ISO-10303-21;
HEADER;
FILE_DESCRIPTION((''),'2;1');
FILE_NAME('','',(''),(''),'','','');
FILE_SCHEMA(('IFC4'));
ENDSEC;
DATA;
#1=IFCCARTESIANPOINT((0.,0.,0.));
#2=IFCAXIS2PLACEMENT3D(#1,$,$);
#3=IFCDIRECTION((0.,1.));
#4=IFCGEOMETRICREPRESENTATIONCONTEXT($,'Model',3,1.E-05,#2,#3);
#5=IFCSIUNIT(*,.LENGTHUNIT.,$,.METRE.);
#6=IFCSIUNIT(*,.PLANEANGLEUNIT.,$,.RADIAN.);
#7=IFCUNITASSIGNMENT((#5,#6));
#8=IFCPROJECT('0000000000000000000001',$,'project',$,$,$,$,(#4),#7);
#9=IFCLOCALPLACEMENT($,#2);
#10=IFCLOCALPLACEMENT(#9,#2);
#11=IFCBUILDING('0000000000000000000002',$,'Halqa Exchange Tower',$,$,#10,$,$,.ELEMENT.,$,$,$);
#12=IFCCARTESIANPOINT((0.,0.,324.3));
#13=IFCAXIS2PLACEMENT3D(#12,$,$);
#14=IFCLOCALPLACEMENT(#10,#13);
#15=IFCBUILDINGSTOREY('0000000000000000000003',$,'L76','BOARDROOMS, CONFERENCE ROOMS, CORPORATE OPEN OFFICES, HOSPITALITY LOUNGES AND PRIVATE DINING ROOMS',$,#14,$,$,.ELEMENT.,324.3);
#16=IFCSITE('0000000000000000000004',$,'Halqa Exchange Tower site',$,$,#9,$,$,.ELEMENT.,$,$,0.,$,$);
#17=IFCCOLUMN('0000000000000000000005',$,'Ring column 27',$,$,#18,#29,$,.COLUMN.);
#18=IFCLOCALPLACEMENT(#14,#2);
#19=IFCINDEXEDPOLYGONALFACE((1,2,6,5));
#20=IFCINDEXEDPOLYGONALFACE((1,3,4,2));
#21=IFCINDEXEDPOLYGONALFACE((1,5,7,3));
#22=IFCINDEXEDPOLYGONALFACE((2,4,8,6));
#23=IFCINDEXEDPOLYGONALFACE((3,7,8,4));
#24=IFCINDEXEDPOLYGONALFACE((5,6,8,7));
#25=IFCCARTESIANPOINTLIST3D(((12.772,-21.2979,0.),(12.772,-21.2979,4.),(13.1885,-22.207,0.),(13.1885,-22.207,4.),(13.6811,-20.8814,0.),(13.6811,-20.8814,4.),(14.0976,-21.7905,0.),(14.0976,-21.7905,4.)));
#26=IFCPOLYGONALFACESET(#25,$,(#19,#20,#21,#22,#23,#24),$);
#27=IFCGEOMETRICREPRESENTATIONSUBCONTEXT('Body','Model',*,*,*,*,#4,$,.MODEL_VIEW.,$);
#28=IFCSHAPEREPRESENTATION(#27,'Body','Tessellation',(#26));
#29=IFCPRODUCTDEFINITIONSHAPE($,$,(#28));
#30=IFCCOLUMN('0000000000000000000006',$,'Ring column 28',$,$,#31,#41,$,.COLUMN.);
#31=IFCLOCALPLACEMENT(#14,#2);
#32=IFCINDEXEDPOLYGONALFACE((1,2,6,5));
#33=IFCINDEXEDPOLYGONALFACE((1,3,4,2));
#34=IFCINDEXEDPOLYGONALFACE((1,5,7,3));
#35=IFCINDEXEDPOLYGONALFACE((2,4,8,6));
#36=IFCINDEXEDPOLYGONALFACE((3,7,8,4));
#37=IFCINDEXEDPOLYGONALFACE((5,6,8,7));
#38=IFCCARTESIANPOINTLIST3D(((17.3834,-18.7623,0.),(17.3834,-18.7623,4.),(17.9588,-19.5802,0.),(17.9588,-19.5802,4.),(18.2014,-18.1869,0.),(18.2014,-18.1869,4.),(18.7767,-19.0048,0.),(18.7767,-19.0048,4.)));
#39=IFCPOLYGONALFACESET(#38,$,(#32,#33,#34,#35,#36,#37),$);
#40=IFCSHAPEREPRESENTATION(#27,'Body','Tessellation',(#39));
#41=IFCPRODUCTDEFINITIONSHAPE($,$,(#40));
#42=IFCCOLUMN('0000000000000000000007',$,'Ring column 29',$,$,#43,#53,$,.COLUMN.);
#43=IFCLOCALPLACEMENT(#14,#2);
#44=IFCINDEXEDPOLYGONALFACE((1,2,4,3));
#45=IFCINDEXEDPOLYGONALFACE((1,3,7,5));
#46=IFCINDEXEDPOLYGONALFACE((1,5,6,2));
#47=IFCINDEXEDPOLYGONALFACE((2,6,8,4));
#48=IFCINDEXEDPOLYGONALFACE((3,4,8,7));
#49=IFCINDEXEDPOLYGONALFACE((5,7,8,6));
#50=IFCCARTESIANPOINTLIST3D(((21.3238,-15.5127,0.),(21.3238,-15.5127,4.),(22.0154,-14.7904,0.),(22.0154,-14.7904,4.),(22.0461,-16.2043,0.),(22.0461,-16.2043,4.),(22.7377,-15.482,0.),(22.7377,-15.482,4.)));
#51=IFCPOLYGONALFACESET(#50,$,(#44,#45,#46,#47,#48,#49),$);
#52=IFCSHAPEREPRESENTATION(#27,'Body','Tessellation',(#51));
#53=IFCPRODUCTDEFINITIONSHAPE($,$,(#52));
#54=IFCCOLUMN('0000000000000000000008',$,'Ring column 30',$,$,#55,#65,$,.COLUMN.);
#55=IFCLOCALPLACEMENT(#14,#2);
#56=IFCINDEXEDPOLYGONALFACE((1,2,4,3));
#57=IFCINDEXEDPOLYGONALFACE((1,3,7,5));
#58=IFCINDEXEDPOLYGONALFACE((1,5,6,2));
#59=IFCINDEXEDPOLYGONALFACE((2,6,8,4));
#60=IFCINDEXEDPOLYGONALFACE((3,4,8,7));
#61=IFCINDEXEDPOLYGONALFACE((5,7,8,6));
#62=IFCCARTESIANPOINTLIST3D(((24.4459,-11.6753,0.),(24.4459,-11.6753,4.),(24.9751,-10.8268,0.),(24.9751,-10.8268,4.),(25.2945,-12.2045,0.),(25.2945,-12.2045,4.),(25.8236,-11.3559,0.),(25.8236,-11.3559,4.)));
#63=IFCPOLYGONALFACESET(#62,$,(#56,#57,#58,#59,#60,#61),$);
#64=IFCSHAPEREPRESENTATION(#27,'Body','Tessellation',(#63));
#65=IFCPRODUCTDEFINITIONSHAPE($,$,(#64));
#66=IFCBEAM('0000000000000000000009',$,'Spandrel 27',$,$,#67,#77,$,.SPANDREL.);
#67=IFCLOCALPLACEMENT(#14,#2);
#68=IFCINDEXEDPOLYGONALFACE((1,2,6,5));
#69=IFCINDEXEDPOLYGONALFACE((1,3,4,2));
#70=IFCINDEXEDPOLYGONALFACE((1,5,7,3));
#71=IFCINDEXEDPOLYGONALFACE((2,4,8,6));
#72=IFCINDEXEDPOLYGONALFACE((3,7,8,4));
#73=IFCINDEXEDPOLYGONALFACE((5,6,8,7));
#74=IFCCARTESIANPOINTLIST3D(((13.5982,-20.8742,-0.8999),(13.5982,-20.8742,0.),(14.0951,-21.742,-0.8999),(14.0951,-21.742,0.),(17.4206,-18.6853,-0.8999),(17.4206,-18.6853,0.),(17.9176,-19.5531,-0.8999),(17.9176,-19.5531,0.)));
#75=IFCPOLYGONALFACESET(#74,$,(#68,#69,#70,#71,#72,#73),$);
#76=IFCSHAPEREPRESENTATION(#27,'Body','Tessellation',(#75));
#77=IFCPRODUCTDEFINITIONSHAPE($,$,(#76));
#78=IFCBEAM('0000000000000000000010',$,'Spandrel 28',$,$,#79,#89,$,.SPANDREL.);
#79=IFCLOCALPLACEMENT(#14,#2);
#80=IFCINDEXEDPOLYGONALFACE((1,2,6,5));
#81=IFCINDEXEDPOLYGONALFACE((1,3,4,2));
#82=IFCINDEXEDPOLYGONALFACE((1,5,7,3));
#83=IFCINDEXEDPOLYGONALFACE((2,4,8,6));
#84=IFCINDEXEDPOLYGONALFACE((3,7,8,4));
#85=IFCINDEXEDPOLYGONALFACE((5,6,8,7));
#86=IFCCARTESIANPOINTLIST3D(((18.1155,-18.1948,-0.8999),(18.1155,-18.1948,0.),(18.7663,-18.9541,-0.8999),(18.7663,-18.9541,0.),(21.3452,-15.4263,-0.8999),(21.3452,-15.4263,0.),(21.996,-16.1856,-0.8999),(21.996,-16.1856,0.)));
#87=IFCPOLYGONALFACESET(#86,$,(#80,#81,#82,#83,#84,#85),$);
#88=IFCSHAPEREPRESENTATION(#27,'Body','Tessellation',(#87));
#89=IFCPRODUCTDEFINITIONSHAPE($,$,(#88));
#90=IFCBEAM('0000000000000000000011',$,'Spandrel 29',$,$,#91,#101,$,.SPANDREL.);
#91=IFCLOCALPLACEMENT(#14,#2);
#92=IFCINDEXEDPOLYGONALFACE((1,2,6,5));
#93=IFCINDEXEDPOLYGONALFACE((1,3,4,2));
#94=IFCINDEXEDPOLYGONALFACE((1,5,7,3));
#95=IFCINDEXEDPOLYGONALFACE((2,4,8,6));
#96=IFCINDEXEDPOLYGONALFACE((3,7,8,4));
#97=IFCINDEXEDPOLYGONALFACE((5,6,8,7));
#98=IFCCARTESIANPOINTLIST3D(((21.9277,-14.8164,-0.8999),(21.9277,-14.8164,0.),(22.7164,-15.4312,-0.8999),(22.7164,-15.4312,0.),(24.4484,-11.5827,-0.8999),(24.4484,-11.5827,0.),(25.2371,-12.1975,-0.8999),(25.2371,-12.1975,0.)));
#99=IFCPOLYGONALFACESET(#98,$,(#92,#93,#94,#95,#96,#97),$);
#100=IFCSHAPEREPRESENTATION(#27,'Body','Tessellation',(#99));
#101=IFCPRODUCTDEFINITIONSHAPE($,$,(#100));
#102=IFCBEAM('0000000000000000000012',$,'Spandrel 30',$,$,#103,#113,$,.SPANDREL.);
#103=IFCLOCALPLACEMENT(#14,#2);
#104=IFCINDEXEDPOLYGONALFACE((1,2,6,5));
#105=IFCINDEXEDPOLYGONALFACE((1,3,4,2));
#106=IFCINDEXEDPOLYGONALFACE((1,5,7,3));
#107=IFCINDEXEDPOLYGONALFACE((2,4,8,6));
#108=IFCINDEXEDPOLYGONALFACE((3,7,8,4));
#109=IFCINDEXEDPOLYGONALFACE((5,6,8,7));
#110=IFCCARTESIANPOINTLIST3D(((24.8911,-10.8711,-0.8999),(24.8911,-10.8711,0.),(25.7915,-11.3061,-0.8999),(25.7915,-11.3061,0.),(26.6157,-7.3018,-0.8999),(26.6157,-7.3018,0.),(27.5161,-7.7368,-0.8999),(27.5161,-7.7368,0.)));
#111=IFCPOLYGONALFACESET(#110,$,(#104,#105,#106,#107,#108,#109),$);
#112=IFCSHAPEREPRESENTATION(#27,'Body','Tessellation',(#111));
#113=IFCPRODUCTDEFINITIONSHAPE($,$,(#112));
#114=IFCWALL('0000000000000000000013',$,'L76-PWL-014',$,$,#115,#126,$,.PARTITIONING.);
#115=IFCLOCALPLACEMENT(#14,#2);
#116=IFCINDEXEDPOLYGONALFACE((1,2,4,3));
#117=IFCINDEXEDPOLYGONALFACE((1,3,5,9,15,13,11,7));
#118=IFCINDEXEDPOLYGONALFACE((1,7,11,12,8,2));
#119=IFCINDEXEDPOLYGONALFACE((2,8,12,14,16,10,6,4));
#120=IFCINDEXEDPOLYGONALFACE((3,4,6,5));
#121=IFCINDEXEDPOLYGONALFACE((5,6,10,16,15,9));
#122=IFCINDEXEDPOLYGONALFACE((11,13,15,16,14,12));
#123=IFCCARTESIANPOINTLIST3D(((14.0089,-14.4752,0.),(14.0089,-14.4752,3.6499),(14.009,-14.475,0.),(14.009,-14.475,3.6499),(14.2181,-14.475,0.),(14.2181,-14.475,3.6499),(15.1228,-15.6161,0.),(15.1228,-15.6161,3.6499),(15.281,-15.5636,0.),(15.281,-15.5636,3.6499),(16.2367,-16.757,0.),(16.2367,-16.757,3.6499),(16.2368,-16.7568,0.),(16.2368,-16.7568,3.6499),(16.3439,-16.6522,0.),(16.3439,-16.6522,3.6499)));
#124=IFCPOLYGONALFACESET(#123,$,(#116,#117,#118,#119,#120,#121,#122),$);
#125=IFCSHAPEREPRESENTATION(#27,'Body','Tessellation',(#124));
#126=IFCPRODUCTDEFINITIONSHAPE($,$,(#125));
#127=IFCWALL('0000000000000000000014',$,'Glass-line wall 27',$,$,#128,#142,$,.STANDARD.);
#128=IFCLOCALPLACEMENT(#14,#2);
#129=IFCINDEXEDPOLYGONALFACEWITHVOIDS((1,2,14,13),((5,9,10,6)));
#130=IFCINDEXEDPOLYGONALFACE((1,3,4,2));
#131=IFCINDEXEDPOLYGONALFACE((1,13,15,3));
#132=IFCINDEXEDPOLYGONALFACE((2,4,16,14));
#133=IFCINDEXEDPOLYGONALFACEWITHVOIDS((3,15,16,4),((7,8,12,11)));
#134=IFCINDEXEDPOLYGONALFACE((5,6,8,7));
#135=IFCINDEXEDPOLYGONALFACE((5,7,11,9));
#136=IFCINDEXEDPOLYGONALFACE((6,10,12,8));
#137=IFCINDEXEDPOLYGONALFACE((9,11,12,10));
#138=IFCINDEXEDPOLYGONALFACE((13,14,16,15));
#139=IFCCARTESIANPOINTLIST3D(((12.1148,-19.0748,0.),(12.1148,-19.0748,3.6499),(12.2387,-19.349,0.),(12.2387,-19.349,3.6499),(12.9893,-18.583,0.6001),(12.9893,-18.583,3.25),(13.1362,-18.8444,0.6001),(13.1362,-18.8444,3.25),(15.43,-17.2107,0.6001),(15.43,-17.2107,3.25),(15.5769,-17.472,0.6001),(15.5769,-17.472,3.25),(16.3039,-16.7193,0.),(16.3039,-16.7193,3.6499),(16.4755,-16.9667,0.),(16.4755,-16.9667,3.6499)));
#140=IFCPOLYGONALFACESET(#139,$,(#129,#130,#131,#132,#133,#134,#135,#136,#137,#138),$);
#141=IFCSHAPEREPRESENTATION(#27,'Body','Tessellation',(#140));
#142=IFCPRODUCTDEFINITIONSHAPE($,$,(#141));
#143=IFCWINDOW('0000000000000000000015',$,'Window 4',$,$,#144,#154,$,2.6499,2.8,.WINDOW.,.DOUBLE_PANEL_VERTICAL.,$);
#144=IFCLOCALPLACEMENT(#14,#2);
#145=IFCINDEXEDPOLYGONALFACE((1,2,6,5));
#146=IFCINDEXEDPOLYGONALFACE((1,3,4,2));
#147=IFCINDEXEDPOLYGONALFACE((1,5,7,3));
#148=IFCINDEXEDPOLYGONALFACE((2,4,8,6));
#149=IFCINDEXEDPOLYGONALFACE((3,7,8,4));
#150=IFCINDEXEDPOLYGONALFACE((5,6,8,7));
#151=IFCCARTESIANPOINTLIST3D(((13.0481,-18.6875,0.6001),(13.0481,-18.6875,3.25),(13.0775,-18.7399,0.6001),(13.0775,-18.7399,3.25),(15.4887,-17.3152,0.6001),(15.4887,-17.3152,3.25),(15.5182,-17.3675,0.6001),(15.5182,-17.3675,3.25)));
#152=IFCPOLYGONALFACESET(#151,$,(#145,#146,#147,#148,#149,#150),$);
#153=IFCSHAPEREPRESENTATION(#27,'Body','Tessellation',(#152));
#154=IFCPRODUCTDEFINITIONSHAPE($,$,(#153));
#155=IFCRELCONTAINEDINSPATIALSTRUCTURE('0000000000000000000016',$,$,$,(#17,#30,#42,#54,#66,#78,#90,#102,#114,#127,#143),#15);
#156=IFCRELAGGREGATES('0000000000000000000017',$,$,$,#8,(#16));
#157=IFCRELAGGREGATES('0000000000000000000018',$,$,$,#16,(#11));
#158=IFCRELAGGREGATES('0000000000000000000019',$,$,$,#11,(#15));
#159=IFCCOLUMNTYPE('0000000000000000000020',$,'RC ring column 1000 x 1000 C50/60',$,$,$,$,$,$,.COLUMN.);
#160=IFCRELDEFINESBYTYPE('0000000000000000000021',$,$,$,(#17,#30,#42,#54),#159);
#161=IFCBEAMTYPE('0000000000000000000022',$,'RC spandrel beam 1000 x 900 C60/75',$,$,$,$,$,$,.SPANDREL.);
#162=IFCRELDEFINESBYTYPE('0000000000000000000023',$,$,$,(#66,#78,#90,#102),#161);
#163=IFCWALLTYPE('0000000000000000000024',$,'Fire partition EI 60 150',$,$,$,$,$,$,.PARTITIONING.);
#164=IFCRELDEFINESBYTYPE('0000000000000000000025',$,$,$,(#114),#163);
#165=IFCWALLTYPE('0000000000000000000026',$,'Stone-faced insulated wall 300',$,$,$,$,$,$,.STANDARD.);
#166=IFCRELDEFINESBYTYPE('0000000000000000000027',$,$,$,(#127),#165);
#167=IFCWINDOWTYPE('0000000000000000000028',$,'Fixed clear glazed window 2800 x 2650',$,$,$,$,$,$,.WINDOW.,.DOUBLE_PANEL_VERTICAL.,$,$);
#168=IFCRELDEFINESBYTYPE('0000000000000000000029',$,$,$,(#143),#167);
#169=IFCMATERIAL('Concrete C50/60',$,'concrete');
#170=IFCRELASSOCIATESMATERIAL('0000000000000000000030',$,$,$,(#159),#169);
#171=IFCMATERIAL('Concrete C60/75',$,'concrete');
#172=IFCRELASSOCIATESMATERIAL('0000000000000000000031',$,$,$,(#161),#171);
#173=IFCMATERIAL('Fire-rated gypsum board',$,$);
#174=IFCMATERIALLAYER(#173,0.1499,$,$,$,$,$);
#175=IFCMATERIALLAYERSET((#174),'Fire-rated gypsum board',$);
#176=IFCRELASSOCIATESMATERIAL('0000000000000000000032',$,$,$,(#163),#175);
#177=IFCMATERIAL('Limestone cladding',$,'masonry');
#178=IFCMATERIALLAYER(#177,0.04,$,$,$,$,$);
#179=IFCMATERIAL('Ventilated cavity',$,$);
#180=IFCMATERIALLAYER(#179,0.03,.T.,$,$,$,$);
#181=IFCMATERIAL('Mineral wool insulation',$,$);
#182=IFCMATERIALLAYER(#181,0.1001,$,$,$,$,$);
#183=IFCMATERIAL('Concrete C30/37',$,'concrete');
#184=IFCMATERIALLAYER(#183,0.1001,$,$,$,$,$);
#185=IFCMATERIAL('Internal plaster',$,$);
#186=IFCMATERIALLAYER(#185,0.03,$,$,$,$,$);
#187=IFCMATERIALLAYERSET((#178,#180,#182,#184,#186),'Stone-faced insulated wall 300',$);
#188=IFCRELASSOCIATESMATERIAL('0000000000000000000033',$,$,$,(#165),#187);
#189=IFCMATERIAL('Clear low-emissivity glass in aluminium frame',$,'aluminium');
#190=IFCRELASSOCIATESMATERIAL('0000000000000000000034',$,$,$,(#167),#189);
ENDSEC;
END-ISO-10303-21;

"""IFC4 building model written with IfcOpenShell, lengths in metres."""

from ifc_helpers import new_model, si_unit, direction, frame, frame_2d, origin, origin_2d, place, context, subcontext, project, spatial, polyline, rectangle, outline, extrude, material, layer, layer_set, material_profile, profile_set, type_object, element, fill, save


model = new_model("IFC4")

# Units and contexts
model_context = context("Model", 3, precision=1e-05, world=origin(), true_north=direction((0.0, 1.0)))
body_context = subcontext(model_context, "Body", "Model", "MODEL_VIEW")
ifc_project = project(units=[si_unit("LENGTHUNIT", "METRE"), si_unit("PLANEANGLEUNIT", "RADIAN")], contexts=[model_context])

# Site, building, storey
site_placement = place(None, origin())
site = spatial("IfcSite", under=ifc_project, at=site_placement, Name="Halqa Exchange Tower site", CompositionType="ELEMENT", RefElevation=0.0)
building_placement = place(site_placement, origin())
building = spatial("IfcBuilding", under=site, at=building_placement, Name="Halqa Exchange Tower", CompositionType="ELEMENT")
storey_placement = place(building_placement, frame((0.0, 0.0, 324.3)))
storey = spatial("IfcBuildingStorey", under=building, at=storey_placement, Name="L76", Description="BOARDROOMS, CONFERENCE ROOMS, CORPORATE OPEN OFFICES, HOSPITALITY LOUNGES AND PRIVATE DINING ROOMS", CompositionType="ELEMENT", Elevation=324.3)

# Columns
ifc_material_1 = material(Name="Concrete C50/60", Category="concrete")
ifc_material_profile_1 = material_profile(ifc_material_1, rectangle(XDim=1.0, YDim=1.0, at=origin_2d()), Name="1000 x 1000")
ifc_profile_set_1 = profile_set([ifc_material_profile_1], Name="Concrete C50/60")
column_type = type_object("IfcColumnType", Name="RC ring column 1000 x 1000 C50/60", PredefinedType="COLUMN", material=ifc_profile_set_1)
for number, where, z_axis, x_axis, name in (
    (1, (13.4348, -21.5442, 0.0), (0.0, 0.0, 1.0), (0.909129, 0.416516, 0.0), "Ring column 27"),
    (2, (18.0801, -18.8835, 0.0), (0.0, 0.0, 1.0), (0.817907, 0.575351, 0.0), "Ring column 28"),
    (3, (22.0308, -15.4973, 0.0), (0.0, 0.0, 1.0), (0.691579, 0.722301, 0.0), "Ring column 29"),
    (4, (25.1348, -11.5156, 0.0), (0.0, 0.0, 1.0), (0.52914, 0.848534, 0.0), "Ring column 30"),
):
    element("IfcColumn", number, at=place(storey_placement, frame(where, z_axis=z_axis, x_axis=x_axis)), inside=storey, type_object=column_type, Name=name, PredefinedType="COLUMN", context=body_context, shape_type="SweptSolid", body=[
        extrude(rectangle(XDim=1.0, YDim=1.0, at=origin_2d()), origin(), (0.0, 0.0, 1.0), 4.0),
    ])

# Beams
ifc_material_2 = material(Name="Concrete C60/75", Category="concrete")
ifc_material_profile_2 = material_profile(ifc_material_2, rectangle(XDim=1.0, YDim=0.8999, at=origin_2d()), Name="1000 x 900")
ifc_profile_set_2 = profile_set([ifc_material_profile_2], Name="Concrete C60/75")
beam_type = type_object("IfcBeamType", Name="RC spandrel beam 1000 x 900 C60/75", PredefinedType="SPANDREL", material=ifc_profile_set_2)
beam_1_placement = place(storey_placement, frame((13.8467, -21.3081, -0.45), z_axis=(0.867786, 0.496939, 0.0), x_axis=(-0.496939, 0.867786, 0.0)))
element("IfcBeam", 5, at=beam_1_placement, inside=storey, type_object=beam_type, Name="Spandrel 27", PredefinedType="SPANDREL", context=body_context, shape_type="SweptSolid", body=[
    extrude(rectangle(XDim=1.0, YDim=0.8999, at=origin_2d()), origin(), (0.0, 0.0, 1.0), 4.4048),
])
beam_2_placement = place(storey_placement, frame((18.4409, -18.5745, -0.45), z_axis=(0.759232, 0.65082, 0.0), x_axis=(-0.65082, 0.759232, 0.0)))
element("IfcBeam", 6, at=beam_2_placement, inside=storey, type_object=beam_type, Name="Spandrel 28", PredefinedType="SPANDREL", context=body_context, shape_type="SweptSolid", body=[
    extrude(rectangle(XDim=1.0, YDim=0.8999, at=origin_2d()), origin(), (0.0, 0.0, 1.0), 4.2539),
])
beam_3_placement = place(storey_placement, frame((22.322, -15.1238, -0.45), z_axis=(0.614806, 0.788678, 0.0), x_axis=(-0.788678, 0.614806, 0.0)))
element("IfcBeam", 7, at=beam_3_placement, inside=storey, type_object=beam_type, Name="Spandrel 29", PredefinedType="SPANDREL", context=body_context, shape_type="SweptSolid", body=[
    extrude(rectangle(XDim=1.0, YDim=0.8999, at=origin_2d()), origin(), (0.0, 0.0, 1.0), 4.1001),
])
beam_4_placement = place(storey_placement, frame((25.3413, -11.0886, -0.45), z_axis=(0.435052, 0.900405, 0.0), x_axis=(-0.900405, 0.435052, 0.0)))
element("IfcBeam", 8, at=beam_4_placement, inside=storey, type_object=beam_type, Name="Spandrel 30", PredefinedType="SPANDREL", context=body_context, shape_type="SweptSolid", body=[
    extrude(rectangle(XDim=1.0, YDim=0.8999, at=origin_2d()), origin(), (0.0, 0.0, 1.0), 3.9641),
])

# Wall
ifc_material_3 = material(Name="Fire-rated gypsum board")
ifc_layer_1 = layer(ifc_material_3, 0.1499)
ifc_layer_set_1 = layer_set([ifc_layer_1], Name="Fire-rated gypsum board")
wall_type_1 = type_object("IfcWallType", Name="Fire partition EI 60 150", PredefinedType="PARTITIONING", material=ifc_layer_set_1)
wall_1_placement = place(storey_placement, frame((14.0625, -14.4229, 0.0), z_axis=(0.0, 0.0, 1.0), x_axis=(0.698596, -0.715516, 0.0)))
element("IfcWall", 9, at=wall_1_placement, inside=storey, type_object=wall_type_1, Name="L76-PWL-014", PredefinedType="PARTITIONING", context=body_context, shape_type="SweptSolid", body=[
    extrude(outline(polyline([(0.0, -0.075), (1.5945, -0.075), (3.189, -0.075), (3.189, -0.0747), (3.189, 0.075), (1.6675, 0.075), (0.146, 0.075), (0.0, -0.0747), (0.0, -0.075)])), origin(), (0.0, 0.0, 1.0), 3.6499),
])

# Wall, opening, window
ifc_material_4 = material(Name="Limestone cladding", Category="masonry")
ifc_layer_2 = layer(ifc_material_4, 0.04)
ifc_material_5 = material(Name="Ventilated cavity")
ifc_layer_3 = layer(ifc_material_5, 0.03, ventilated=True)
ifc_material_6 = material(Name="Mineral wool insulation")
ifc_layer_4 = layer(ifc_material_6, 0.1001)
ifc_material_7 = material(Name="Concrete C30/37", Category="concrete")
ifc_layer_5 = layer(ifc_material_7, 0.1001)
ifc_material_8 = material(Name="Internal plaster")
ifc_layer_6 = layer(ifc_material_8, 0.03)
ifc_layer_set_2 = layer_set([ifc_layer_2, ifc_layer_3, ifc_layer_4, ifc_layer_5, ifc_layer_6], Name="Stone-faced insulated wall 300")
wall_type_2 = type_object("IfcWallType", Name="Stone-faced insulated wall 300", PredefinedType="STANDARD", material=ifc_layer_set_2)
wall_2_placement = place(storey_placement, frame((12.1768, -19.2119, 0.0), z_axis=(0.0, 0.0, 1.0), x_axis=(0.871651, 0.490127, 0.0)))
wall_2 = element("IfcWall", 10, at=wall_2_placement, inside=storey, type_object=wall_type_2, Name="Glass-line wall 27", PredefinedType="STANDARD", context=body_context, shape_type="SweptSolid", body=[
    extrude(outline(polyline([(-0.0132, -0.1499), (4.8474, -0.1499), (4.8191, 0.1499), (0.0132, 0.1499), (-0.0132, -0.1499)])), origin(), (0.0, 0.0, 1.0), 3.6499),
])
opening_1_placement = place(wall_2_placement, frame((1.0166, 0.0, 0.6001)))
opening_1 = element("IfcOpeningElement", 11, at=opening_1_placement, cuts=wall_2, PredefinedType="OPENING", context=body_context, shape_type="SweptSolid", body=[
    extrude(rectangle(XDim=2.8, YDim=2.6499, at=frame_2d((1.3999, 1.325))), frame((0.0, 0.1621, 0.0), z_axis=(0.0, -1.0, 0.0), x_axis=(1.0, 0.0, 0.0)), (0.0, 0.0, 1.0), 0.324),
])
ifc_material_9 = material(Name="Clear low-emissivity glass in aluminium frame", Category="aluminium")
window_type = type_object("IfcWindowType", Name="Fixed clear glazed window 2800 x 2650", PartitioningType="DOUBLE_PANEL_VERTICAL", PredefinedType="WINDOW", material=ifc_material_9)
window_1_placement = place(opening_1_placement, origin())
window_1 = element("IfcWindow", 12, at=window_1_placement, inside=storey, type_object=window_type, Name="Window 4", OverallHeight=2.6499, OverallWidth=2.8, PartitioningType="DOUBLE_PANEL_VERTICAL", PredefinedType="WINDOW", context=body_context, shape_type="SweptSolid", body=[
    extrude(rectangle(XDim=2.8, YDim=2.6499, at=frame_2d((1.3999, 1.325))), frame((0.0, 0.03, 0.0), z_axis=(0.0, -1.0, 0.0), x_axis=(1.0, 0.0, 0.0)), (0.0, 0.0, 1.0), 0.0601),
])
fill(opening_1, window_1)

save(model, "model.ifc")
